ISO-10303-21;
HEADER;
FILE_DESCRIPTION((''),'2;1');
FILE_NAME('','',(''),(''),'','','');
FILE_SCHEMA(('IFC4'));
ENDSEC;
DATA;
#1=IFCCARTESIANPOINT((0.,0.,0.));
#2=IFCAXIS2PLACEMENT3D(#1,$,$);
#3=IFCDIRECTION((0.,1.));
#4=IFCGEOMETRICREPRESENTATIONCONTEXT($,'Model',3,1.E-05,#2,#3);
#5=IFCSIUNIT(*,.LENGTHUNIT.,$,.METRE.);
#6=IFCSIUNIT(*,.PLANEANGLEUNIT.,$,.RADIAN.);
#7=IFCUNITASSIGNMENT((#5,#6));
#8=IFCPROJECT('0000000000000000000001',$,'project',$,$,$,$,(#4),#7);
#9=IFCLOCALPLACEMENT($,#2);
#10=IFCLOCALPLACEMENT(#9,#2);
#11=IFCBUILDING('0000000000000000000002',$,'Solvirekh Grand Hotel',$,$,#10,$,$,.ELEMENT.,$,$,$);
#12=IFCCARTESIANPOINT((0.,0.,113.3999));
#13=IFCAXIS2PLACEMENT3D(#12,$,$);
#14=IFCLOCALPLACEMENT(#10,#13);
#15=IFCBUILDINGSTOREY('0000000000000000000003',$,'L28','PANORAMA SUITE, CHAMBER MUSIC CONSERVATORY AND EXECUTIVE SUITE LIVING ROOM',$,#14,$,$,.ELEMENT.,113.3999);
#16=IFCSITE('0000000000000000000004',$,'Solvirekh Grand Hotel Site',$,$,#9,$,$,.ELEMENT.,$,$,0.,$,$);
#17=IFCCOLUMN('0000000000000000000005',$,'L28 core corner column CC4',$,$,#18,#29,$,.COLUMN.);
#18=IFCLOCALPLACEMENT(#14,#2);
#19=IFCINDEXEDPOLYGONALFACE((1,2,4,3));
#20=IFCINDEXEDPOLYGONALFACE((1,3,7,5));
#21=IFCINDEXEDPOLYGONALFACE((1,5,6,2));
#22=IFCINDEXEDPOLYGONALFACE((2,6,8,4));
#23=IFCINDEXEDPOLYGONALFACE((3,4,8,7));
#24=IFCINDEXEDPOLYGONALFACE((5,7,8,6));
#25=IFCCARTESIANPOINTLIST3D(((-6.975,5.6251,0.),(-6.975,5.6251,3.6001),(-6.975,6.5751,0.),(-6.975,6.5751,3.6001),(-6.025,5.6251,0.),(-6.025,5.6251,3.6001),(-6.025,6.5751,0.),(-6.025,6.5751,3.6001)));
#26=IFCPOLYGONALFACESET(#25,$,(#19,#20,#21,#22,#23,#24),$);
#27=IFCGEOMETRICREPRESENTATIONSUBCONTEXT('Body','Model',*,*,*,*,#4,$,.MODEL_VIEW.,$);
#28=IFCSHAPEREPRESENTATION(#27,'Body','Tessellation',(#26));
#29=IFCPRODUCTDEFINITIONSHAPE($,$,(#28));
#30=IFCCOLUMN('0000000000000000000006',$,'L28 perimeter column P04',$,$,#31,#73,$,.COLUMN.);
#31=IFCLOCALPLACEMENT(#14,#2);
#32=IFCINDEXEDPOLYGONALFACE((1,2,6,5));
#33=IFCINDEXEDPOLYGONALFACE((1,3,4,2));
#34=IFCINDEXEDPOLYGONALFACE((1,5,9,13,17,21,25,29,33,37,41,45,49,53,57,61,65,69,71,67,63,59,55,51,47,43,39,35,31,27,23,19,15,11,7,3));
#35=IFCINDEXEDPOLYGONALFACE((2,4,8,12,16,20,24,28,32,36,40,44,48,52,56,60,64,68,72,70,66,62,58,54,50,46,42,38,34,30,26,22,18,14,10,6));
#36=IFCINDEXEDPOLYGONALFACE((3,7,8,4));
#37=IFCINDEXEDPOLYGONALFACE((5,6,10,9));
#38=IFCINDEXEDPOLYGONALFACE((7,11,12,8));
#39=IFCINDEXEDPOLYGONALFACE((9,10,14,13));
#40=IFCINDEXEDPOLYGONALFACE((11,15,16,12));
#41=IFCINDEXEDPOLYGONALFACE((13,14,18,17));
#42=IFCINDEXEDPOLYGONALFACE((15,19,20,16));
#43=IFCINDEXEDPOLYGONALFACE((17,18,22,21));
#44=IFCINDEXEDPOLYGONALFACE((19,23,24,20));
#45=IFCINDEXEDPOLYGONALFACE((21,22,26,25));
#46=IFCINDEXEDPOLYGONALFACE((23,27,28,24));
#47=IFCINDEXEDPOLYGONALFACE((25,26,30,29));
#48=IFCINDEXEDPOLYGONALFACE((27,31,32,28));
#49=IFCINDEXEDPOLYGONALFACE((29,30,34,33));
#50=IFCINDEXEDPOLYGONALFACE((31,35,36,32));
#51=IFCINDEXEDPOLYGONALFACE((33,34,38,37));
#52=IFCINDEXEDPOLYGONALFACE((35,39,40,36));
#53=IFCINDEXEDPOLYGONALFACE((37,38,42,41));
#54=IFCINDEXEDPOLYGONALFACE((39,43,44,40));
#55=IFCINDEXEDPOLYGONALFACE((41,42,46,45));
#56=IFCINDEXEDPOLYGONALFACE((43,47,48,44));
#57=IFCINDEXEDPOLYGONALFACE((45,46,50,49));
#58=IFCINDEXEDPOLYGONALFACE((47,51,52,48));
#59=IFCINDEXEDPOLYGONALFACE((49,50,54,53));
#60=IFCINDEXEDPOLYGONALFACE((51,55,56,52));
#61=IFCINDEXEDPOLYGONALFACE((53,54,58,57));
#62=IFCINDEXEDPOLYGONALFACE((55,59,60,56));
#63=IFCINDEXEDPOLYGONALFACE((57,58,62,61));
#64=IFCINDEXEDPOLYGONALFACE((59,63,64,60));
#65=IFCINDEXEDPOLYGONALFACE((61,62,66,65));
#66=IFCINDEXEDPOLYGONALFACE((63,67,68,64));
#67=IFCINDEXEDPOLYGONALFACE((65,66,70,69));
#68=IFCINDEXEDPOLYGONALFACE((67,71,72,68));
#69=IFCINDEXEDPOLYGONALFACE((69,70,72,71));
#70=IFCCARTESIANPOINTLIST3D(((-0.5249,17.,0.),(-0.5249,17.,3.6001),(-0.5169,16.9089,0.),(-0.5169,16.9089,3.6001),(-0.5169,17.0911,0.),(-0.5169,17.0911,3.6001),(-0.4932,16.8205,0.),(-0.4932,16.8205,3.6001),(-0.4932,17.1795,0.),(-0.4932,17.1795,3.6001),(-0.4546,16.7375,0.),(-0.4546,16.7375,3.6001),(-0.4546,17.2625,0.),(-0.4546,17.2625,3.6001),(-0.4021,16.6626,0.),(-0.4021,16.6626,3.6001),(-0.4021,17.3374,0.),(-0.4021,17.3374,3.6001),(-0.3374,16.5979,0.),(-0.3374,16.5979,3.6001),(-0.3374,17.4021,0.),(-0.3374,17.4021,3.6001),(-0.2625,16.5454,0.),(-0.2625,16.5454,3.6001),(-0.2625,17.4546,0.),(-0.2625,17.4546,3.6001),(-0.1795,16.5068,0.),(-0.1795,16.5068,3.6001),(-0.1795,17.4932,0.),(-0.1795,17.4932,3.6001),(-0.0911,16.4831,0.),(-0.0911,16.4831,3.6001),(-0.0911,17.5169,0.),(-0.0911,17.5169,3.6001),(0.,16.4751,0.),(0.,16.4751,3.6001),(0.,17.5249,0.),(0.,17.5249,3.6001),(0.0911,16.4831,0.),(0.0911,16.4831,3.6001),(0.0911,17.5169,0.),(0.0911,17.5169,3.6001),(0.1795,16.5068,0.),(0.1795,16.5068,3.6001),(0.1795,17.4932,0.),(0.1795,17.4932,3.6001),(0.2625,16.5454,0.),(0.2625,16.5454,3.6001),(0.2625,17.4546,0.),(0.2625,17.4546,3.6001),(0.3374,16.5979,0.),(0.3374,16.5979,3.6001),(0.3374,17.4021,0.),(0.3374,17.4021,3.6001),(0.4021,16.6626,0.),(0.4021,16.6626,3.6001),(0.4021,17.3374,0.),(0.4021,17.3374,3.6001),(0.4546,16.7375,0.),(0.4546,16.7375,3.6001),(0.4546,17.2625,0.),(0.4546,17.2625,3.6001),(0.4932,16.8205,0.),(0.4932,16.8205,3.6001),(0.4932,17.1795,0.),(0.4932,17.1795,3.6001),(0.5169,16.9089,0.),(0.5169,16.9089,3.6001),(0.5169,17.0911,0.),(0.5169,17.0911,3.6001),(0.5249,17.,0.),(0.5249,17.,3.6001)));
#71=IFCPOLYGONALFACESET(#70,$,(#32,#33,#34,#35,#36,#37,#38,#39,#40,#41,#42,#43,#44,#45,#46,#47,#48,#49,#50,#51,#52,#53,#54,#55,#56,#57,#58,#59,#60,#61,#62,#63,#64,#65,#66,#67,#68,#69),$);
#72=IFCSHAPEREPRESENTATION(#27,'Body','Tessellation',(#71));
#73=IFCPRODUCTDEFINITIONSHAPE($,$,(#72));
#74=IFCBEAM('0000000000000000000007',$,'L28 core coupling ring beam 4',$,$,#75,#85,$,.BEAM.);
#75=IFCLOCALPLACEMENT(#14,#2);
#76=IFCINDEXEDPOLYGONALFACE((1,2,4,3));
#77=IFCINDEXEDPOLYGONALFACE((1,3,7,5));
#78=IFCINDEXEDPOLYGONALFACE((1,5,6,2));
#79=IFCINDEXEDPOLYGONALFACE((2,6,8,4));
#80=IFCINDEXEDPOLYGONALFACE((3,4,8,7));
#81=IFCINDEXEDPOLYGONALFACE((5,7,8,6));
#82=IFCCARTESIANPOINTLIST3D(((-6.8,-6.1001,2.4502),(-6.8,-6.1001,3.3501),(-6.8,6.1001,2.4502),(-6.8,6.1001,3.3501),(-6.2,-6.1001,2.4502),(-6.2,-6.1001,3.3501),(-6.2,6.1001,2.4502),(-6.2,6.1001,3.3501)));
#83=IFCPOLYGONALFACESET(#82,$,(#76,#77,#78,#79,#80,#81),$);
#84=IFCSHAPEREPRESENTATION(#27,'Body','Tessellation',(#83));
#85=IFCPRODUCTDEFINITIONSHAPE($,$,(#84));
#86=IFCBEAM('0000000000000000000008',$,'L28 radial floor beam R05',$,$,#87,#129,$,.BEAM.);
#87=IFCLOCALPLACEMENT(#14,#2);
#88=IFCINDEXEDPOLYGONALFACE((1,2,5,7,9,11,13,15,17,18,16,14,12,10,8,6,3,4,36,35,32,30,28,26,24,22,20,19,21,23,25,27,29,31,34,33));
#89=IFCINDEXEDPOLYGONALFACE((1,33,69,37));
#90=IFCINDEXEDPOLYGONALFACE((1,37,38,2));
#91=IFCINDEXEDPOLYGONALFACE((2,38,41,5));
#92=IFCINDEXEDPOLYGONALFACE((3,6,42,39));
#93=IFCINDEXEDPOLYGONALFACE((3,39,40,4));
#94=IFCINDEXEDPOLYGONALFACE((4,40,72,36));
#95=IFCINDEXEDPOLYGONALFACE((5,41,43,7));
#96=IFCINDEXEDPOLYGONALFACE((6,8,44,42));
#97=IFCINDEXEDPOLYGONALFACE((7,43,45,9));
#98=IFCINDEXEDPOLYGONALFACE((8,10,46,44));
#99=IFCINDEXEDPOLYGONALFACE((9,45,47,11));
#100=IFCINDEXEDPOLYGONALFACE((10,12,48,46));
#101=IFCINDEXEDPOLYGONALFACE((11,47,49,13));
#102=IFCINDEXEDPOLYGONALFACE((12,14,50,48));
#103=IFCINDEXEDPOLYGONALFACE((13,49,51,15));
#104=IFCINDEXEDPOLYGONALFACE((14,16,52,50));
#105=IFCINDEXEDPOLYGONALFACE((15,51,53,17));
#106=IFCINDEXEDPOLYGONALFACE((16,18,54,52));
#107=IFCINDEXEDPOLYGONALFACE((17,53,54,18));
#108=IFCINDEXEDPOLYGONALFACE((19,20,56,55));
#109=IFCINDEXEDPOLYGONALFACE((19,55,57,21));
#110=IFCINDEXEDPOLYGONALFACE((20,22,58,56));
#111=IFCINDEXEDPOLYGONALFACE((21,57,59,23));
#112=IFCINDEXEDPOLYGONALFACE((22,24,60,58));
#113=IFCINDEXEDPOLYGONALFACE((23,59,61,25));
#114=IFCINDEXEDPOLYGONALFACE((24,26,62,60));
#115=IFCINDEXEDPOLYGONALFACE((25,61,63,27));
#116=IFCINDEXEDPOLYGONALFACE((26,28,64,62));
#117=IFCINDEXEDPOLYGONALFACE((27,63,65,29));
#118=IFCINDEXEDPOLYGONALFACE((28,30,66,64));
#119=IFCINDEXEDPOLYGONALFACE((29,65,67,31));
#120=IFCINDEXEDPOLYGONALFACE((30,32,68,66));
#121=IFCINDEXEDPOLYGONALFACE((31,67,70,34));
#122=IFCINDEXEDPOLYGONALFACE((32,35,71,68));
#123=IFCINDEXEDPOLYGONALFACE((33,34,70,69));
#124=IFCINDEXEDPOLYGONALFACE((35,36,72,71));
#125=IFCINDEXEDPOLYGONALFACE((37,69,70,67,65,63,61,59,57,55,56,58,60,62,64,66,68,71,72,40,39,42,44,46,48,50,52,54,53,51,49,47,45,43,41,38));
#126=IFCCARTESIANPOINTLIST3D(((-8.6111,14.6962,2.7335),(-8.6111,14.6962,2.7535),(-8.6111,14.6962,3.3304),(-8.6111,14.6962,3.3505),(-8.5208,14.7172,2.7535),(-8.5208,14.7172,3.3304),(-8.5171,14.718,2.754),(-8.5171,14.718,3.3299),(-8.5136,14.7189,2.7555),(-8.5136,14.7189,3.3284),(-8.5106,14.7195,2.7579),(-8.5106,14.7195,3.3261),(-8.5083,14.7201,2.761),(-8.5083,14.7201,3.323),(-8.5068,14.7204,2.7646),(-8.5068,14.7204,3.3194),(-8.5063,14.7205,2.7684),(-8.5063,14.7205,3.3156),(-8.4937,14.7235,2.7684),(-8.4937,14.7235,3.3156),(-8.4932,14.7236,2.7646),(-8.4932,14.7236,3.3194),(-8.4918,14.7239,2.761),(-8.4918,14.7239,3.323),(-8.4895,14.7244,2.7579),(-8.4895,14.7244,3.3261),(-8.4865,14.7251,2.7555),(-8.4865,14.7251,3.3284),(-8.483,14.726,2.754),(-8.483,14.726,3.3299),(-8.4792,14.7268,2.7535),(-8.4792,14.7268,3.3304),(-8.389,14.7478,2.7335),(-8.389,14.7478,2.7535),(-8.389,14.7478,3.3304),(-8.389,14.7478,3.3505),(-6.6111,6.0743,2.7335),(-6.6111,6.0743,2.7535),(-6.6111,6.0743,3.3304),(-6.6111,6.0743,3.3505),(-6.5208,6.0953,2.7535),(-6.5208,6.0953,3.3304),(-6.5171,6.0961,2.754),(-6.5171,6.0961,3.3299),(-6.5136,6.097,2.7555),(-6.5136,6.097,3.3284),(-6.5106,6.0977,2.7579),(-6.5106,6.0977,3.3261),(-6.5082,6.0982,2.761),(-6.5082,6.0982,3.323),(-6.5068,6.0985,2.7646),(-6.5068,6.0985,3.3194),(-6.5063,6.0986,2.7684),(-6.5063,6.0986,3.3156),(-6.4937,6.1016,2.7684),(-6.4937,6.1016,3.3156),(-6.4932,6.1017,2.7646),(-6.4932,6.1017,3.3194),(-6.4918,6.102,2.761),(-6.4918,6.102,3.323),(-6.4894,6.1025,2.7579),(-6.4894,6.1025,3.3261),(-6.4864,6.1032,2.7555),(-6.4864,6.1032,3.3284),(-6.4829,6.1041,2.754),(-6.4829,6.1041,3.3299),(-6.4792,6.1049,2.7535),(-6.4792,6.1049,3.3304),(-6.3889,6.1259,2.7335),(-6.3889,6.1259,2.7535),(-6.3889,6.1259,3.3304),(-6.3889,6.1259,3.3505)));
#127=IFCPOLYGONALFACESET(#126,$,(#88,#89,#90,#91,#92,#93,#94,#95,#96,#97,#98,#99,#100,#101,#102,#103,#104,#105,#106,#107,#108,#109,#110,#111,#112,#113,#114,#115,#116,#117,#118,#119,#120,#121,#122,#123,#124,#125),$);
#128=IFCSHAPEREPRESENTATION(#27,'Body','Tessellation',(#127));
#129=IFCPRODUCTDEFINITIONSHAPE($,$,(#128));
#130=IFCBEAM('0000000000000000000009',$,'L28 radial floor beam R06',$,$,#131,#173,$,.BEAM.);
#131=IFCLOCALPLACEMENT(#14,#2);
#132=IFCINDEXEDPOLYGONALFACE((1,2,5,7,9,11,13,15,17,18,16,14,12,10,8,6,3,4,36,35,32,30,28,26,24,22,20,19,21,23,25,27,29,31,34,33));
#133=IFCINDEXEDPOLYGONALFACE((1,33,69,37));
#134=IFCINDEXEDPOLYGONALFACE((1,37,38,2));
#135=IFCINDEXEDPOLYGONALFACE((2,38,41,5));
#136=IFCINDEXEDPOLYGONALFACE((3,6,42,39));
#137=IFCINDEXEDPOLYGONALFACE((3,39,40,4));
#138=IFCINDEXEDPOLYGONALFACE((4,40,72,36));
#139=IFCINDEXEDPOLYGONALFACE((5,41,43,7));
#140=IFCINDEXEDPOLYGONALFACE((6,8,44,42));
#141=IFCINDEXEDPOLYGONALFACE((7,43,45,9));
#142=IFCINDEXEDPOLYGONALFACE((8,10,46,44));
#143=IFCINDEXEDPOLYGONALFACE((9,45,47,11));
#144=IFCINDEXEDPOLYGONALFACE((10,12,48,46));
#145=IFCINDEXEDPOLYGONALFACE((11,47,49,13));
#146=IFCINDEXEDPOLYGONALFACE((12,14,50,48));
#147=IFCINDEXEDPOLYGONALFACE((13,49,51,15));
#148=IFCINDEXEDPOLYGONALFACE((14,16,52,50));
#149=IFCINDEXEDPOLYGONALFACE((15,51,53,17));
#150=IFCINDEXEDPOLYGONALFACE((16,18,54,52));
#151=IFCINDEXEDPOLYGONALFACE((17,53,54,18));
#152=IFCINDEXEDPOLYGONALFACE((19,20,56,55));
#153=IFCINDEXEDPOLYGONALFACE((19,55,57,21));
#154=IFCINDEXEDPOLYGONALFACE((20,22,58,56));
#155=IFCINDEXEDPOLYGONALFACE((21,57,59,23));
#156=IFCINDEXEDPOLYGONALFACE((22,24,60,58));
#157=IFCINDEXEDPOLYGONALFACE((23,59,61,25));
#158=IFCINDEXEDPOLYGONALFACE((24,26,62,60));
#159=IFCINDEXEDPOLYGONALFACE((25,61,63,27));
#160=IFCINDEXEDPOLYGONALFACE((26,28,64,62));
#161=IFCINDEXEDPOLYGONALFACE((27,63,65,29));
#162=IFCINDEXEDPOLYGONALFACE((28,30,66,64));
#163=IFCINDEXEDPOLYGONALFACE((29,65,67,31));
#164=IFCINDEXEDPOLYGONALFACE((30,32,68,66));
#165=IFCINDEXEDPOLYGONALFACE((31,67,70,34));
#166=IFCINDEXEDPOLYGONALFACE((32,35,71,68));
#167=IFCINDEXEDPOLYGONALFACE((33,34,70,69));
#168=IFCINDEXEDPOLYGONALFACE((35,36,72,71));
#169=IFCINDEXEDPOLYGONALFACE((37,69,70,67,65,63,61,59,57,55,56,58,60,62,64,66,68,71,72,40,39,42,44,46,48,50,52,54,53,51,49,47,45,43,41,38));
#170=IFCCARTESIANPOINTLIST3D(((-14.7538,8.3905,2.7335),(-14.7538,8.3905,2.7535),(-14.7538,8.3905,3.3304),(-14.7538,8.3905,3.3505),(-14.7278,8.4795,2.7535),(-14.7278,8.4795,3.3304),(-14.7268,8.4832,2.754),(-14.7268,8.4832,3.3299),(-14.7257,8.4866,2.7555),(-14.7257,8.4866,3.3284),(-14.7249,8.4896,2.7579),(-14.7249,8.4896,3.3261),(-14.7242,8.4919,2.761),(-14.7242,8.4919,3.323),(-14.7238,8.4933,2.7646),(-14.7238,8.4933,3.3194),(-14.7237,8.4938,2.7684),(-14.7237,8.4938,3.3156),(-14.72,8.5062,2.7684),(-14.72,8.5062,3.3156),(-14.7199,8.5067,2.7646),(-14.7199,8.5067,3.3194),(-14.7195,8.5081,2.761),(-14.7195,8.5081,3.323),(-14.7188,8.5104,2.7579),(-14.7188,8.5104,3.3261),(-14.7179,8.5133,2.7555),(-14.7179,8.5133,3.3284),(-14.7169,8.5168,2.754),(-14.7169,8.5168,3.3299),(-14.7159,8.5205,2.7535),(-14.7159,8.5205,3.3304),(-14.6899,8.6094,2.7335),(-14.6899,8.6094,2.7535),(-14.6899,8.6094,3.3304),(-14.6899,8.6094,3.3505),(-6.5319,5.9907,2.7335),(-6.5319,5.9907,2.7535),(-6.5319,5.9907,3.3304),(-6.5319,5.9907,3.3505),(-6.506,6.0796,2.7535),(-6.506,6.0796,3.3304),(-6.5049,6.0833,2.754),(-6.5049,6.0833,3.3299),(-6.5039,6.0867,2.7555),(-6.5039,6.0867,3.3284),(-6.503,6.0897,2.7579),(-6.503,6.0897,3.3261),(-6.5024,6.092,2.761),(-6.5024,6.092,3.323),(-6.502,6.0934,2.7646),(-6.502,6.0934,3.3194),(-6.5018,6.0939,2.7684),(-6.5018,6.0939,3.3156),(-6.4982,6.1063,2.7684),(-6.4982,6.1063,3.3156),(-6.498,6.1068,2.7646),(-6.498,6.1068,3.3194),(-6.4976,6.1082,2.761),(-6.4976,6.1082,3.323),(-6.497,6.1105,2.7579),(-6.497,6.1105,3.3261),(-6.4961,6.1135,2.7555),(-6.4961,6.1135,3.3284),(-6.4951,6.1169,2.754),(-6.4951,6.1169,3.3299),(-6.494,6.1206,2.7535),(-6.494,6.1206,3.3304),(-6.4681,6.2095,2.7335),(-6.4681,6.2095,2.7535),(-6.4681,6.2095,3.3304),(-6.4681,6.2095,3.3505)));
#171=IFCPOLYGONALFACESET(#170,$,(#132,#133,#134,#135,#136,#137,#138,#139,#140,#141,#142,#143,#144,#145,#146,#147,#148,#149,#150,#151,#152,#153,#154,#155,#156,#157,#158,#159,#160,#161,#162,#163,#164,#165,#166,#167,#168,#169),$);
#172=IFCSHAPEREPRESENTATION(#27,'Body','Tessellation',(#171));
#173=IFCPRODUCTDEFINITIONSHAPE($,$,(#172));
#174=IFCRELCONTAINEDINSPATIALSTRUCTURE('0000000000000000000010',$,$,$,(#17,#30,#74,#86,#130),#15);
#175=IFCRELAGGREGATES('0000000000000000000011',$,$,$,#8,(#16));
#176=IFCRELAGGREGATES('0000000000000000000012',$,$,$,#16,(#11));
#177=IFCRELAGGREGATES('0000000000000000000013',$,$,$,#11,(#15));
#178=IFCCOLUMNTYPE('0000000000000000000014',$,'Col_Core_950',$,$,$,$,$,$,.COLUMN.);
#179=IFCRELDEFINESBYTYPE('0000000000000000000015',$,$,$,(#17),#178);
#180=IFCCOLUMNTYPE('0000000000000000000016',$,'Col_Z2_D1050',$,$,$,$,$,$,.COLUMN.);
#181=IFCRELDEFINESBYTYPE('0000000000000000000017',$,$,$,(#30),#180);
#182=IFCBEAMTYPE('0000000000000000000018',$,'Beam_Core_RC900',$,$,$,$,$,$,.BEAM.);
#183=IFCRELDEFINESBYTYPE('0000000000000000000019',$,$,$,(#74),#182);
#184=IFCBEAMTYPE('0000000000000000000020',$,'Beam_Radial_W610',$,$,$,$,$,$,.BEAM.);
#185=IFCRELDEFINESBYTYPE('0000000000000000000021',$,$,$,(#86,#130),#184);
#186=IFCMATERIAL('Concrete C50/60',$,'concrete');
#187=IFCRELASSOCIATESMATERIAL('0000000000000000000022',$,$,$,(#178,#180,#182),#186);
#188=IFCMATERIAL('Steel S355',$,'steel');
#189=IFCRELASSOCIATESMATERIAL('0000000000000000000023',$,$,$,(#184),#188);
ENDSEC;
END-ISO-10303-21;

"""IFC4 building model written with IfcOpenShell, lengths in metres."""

from ifc_helpers import new_model, si_unit, direction, frame, origin, origin_2d, place, context, subcontext, project, spatial, rectangle, circle, i_section, extrude, material, material_profile, profile_set, type_object, element, save


model = new_model("IFC4")

# Units and contexts
model_context = context("Model", 3, precision=1e-05, world=origin(), true_north=direction((0.0, 1.0)))
body_context = subcontext(model_context, "Body", "Model", "MODEL_VIEW")
ifc_project = project(units=[si_unit("LENGTHUNIT", "METRE"), si_unit("PLANEANGLEUNIT", "RADIAN")], contexts=[model_context])

# Site, building, storey
site_placement = place(None, origin())
site = spatial("IfcSite", under=ifc_project, at=site_placement, Name="Solvirekh Grand Hotel Site", CompositionType="ELEMENT", RefElevation=0.0)
building_placement = place(site_placement, origin())
building = spatial("IfcBuilding", under=site, at=building_placement, Name="Solvirekh Grand Hotel", CompositionType="ELEMENT")
storey_placement = place(building_placement, frame((0.0, 0.0, 113.3999)))
storey = spatial("IfcBuildingStorey", under=building, at=storey_placement, Name="L28", Description="PANORAMA SUITE, CHAMBER MUSIC CONSERVATORY AND EXECUTIVE SUITE LIVING ROOM", CompositionType="ELEMENT", Elevation=113.3999)

# Columns
ifc_material_1 = material(Name="Concrete C50/60", Category="concrete")
ifc_material_profile_1 = material_profile(ifc_material_1, rectangle(XDim=0.95, YDim=0.95, at=origin_2d()), Name="RC 950X950")
ifc_profile_set_1 = profile_set([ifc_material_profile_1], Name="Concrete C50/60")
column_type_1 = type_object("IfcColumnType", Name="Col_Core_950", PredefinedType="COLUMN", material=ifc_profile_set_1)
column_1_placement = place(storey_placement, frame((-6.5, 6.1001, 0.0), z_axis=(0.0, 0.0, 1.0), x_axis=(1.0, 0.0, 0.0)))
element("IfcColumn", 1, at=column_1_placement, inside=storey, type_object=column_type_1, Name="L28 core corner column CC4", PredefinedType="COLUMN", context=body_context, shape_type="SweptSolid", body=[
    extrude(rectangle(XDim=0.95, YDim=0.95, at=origin_2d()), origin(), (0.0, 0.0, 1.0), 3.6001),
])
ifc_material_profile_2 = material_profile(ifc_material_1, circle(Radius=0.5249, at=origin_2d()), Name="RC CIRC D1050")
ifc_profile_set_2 = profile_set([ifc_material_profile_2], Name="Concrete C50/60")
column_type_2 = type_object("IfcColumnType", Name="Col_Z2_D1050", PredefinedType="COLUMN", material=ifc_profile_set_2)
column_2_placement = place(storey_placement, frame((0.0, 17.0, 0.0), z_axis=(0.0, 0.0, 1.0), x_axis=(1.0, 0.0, 0.0)))
element("IfcColumn", 2, at=column_2_placement, inside=storey, type_object=column_type_2, Name="L28 perimeter column P04", PredefinedType="COLUMN", context=body_context, shape_type="SweptSolid", body=[
    extrude(circle(Radius=0.5249, at=origin_2d()), origin(), (0.0, 0.0, 1.0), 3.6001),
])

# Beams
ifc_material_profile_3 = material_profile(ifc_material_1, rectangle(XDim=0.6001, YDim=0.8999, at=origin_2d()), Name="RC BEAM 600X900")
ifc_profile_set_3 = profile_set([ifc_material_profile_3], Name="Concrete C50/60")
beam_type_1 = type_object("IfcBeamType", Name="Beam_Core_RC900", PredefinedType="BEAM", material=ifc_profile_set_3)
beam_1_placement = place(storey_placement, frame((-6.5, 6.1001, 2.9001), z_axis=(0.0, -1.0, 0.0), x_axis=(1.0, 0.0, 0.0)))
element("IfcBeam", 3, at=beam_1_placement, inside=storey, type_object=beam_type_1, Name="L28 core coupling ring beam 4", PredefinedType="BEAM", context=body_context, shape_type="SweptSolid", body=[
    extrude(rectangle(XDim=0.6001, YDim=0.8999, at=origin_2d()), origin(), (0.0, 0.0, 1.0), 12.2002),
])
ifc_material_2 = material(Name="Steel S355", Category="steel")
ifc_material_profile_4 = material_profile(ifc_material_2, i_section(OverallWidth=0.228, OverallDepth=0.6169, WebThickness=0.0129, FlangeThickness=0.02, FilletRadius=0.0149, at=origin_2d()), Name="W610X140")
ifc_profile_set_4 = profile_set([ifc_material_profile_4], Name="Steel S355")
beam_type_2 = type_object("IfcBeamType", Name="Beam_Radial_W610", PredefinedType="BEAM", material=ifc_profile_set_4)
beam_2_placement = place(storey_placement, frame((-6.5, 6.1001, 3.042), z_axis=(-0.225969, 0.974134, 0.0), x_axis=(-0.974134, -0.225969, 0.0)))
element("IfcBeam", 4, at=beam_2_placement, inside=storey, type_object=beam_type_2, Name="L28 radial floor beam R05", PredefinedType="BEAM", context=body_context, shape_type="SweptSolid", body=[
    extrude(i_section(OverallWidth=0.228, OverallDepth=0.6169, WebThickness=0.0129, FlangeThickness=0.02, FilletRadius=0.0149, at=origin_2d()), origin(), (0.0, 0.0, 1.0), 8.8508),
])
beam_3_placement = place(storey_placement, frame((-6.5, 6.1001, 3.042), z_axis=(-0.959942, 0.280198, 0.0), x_axis=(-0.280198, -0.959942, 0.0)))
element("IfcBeam", 5, at=beam_3_placement, inside=storey, type_object=beam_type_2, Name="L28 radial floor beam R06", PredefinedType="BEAM", context=body_context, shape_type="SweptSolid", body=[
    extrude(i_section(OverallWidth=0.228, OverallDepth=0.6169, WebThickness=0.0129, FlangeThickness=0.02, FilletRadius=0.0149, at=origin_2d()), origin(), (0.0, 0.0, 1.0), 8.5649),
])

save(model, "model.ifc")
